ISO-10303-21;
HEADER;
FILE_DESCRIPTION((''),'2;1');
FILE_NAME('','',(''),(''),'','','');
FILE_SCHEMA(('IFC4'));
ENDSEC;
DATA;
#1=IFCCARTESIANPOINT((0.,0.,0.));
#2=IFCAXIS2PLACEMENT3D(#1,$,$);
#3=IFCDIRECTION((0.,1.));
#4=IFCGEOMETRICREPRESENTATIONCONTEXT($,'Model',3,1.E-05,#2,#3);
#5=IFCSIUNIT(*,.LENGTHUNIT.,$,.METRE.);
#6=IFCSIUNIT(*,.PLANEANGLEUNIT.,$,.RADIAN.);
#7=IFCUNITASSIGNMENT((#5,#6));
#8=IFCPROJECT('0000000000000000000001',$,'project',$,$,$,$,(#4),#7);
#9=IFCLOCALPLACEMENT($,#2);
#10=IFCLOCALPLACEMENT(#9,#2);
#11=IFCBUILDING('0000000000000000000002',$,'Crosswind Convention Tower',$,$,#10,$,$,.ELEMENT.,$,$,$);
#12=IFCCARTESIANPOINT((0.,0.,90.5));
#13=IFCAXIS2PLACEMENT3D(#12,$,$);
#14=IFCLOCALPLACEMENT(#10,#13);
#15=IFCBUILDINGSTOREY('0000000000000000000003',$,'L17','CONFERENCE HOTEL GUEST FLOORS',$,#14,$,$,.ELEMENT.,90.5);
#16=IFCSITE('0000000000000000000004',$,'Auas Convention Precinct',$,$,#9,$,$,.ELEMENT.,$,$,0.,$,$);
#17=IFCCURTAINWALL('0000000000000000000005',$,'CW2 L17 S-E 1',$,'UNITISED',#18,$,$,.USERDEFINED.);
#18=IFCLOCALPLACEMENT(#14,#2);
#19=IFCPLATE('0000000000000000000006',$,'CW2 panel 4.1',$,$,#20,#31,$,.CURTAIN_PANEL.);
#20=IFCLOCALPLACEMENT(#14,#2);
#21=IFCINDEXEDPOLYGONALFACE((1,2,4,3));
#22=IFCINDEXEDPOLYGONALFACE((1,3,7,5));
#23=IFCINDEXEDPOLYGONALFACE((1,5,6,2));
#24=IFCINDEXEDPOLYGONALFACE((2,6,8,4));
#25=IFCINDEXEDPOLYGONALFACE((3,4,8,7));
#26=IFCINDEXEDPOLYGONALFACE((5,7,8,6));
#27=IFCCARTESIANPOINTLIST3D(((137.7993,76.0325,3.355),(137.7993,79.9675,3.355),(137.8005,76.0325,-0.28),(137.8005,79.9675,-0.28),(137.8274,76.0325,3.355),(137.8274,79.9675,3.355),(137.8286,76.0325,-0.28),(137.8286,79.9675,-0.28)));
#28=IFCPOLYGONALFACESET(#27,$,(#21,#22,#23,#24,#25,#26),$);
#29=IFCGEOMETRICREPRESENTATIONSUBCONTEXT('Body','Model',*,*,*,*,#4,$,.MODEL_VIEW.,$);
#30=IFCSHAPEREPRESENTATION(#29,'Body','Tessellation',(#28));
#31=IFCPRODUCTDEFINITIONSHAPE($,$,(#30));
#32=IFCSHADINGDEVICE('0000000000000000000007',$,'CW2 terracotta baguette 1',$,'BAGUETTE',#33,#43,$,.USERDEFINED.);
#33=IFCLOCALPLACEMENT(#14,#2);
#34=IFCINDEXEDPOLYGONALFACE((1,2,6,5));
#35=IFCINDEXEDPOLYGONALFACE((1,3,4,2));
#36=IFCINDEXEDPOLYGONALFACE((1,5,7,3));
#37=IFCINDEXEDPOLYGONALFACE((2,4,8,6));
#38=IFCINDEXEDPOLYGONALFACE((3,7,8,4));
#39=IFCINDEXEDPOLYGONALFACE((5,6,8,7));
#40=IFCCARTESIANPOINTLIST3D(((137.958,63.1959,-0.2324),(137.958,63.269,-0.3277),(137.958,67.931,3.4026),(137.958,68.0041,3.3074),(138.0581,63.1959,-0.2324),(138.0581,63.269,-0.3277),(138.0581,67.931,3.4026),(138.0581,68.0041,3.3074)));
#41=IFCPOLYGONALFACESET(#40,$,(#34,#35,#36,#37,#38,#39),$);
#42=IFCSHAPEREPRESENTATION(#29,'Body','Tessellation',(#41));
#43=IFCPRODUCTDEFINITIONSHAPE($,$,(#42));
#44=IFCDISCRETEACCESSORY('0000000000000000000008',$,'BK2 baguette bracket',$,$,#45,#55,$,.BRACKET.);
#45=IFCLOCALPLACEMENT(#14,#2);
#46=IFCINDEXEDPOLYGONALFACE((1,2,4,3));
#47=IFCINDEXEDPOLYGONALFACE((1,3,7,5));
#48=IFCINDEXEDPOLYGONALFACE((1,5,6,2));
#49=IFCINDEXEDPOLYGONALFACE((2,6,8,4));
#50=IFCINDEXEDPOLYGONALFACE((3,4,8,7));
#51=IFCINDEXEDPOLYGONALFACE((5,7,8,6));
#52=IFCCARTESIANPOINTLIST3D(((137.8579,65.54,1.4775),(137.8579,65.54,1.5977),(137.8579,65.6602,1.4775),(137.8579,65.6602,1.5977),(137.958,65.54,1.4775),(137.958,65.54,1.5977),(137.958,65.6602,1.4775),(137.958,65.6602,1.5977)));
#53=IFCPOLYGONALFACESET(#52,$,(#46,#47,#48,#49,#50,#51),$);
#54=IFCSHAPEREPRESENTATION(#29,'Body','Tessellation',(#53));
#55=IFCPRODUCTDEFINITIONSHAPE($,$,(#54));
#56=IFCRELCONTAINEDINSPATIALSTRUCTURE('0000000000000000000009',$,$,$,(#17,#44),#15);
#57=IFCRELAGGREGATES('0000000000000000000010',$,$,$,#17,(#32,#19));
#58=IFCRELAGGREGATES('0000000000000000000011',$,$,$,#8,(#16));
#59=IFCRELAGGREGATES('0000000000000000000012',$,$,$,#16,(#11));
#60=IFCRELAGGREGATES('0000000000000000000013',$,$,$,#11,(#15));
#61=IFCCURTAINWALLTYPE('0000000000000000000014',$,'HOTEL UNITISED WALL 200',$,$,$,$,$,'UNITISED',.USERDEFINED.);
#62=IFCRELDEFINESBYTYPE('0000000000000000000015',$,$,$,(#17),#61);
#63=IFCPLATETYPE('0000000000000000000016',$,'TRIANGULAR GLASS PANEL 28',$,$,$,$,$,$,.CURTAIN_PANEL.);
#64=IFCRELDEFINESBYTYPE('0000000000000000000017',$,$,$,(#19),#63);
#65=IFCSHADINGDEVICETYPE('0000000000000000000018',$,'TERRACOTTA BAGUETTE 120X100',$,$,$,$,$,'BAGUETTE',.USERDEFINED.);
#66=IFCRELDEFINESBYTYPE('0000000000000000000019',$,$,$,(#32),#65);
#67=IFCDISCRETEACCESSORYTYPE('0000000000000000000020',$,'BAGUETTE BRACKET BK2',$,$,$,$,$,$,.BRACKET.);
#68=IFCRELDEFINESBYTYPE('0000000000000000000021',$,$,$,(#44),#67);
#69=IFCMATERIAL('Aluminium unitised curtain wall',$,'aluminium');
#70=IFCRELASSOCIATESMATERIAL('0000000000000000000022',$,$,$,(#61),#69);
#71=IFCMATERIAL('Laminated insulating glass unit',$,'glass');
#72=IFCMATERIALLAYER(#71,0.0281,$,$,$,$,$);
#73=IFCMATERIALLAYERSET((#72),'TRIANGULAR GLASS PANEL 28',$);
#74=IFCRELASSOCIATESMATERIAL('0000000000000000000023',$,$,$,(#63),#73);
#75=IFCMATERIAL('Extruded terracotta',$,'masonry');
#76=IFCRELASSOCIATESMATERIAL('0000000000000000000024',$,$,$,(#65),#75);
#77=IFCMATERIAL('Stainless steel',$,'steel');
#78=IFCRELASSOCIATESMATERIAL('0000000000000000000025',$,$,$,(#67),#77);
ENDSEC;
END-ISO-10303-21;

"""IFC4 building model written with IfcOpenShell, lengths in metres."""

from ifc_helpers import new_model, si_unit, direction, frame, origin, origin_2d, place, context, subcontext, project, spatial, polyline, rectangle, outline, extrude, material, layer, layer_set, material_profile, profile_set, type_object, element, aggregate, save


model = new_model("IFC4")

# Units and contexts
model_context = context("Model", 3, precision=1e-05, world=origin(), true_north=direction((0.0, 1.0)))
body_context = subcontext(model_context, "Body", "Model", "MODEL_VIEW")
ifc_project = project(units=[si_unit("LENGTHUNIT", "METRE"), si_unit("PLANEANGLEUNIT", "RADIAN")], contexts=[model_context])

# Site, building, storey
site_placement = place(None, origin())
site = spatial("IfcSite", under=ifc_project, at=site_placement, Name="Auas Convention Precinct", CompositionType="ELEMENT", RefElevation=0.0)
building_placement = place(site_placement, origin())
building = spatial("IfcBuilding", under=site, at=building_placement, Name="Crosswind Convention Tower", CompositionType="ELEMENT")
storey_placement = place(building_placement, frame((0.0, 0.0, 90.5)))
storey = spatial("IfcBuildingStorey", under=building, at=storey_placement, Name="L17", Description="CONFERENCE HOTEL GUEST FLOORS", CompositionType="ELEMENT", Elevation=90.5)

# Shared definitions
ifc_material_1 = material(Name="Aluminium unitised curtain wall", Category="aluminium")
curtain_wall_type = type_object("IfcCurtainWallType", Name="HOTEL UNITISED WALL 200", ElementType="UNITISED", PredefinedType="USERDEFINED", material=ifc_material_1)

# Curtain wall, plate
curtain_wall_1_placement = place(storey_placement, origin())
curtain_wall_1 = element("IfcCurtainWall", 1, at=curtain_wall_1_placement, inside=storey, type_object=curtain_wall_type, Name="CW2 L17 S-E 1", ObjectType="UNITISED", PredefinedType="USERDEFINED")
ifc_material_2 = material(Name="Laminated insulating glass unit", Category="glass")
ifc_layer_1 = layer(ifc_material_2, 0.0281)
ifc_layer_set_1 = layer_set([ifc_layer_1], Name="TRIANGULAR GLASS PANEL 28")
plate_type = type_object("IfcPlateType", Name="TRIANGULAR GLASS PANEL 28", PredefinedType="CURTAIN_PANEL", material=ifc_layer_set_1)
plate_1_placement = place(storey_placement, frame((137.8286, 76.0325, -0.28), z_axis=(1.0, 0.0, 0.000336), x_axis=(0.0, 1.0, 0.0)))
plate_1 = element("IfcPlate", 2, at=plate_1_placement, type_object=plate_type, Name="CW2 panel 4.1", PredefinedType="CURTAIN_PANEL", context=body_context, shape_type="SweptSolid", body=[
    extrude(outline(polyline([(0.0, 0.0), (3.9351, 0.0), (3.9351, 3.635), (0.0, 3.635), (0.0, 0.0)])), origin(), (0.0, 0.0, -1.0), 0.0281),
])

# Shading device
ifc_material_3 = material(Name="Extruded terracotta", Category="masonry")
ifc_material_profile_1 = material_profile(ifc_material_3, rectangle(XDim=0.1001, YDim=0.1201, at=origin_2d()), Name="TC 100X120")
ifc_profile_set_1 = profile_set([ifc_material_profile_1], Name="Extruded terracotta")
shading_device_type = type_object("IfcShadingDeviceType", Name="TERRACOTTA BAGUETTE 120X100", ElementType="BAGUETTE", PredefinedType="USERDEFINED", material=ifc_profile_set_1)
shading_device_placement = place(storey_placement, frame((138.0081, 63.2324, -0.28), z_axis=(0.0, 0.793221, 0.608934), x_axis=(-1.0, 0.0, 0.0)))
shading_device = element("IfcShadingDevice", 3, at=shading_device_placement, type_object=shading_device_type, Name="CW2 terracotta baguette 1", ObjectType="BAGUETTE", PredefinedType="USERDEFINED", context=body_context, shape_type="SweptSolid", body=[
    extrude(rectangle(XDim=0.1001, YDim=0.1201, at=origin_2d()), origin(), (0.0, 0.0, 1.0), 5.9695),
])
aggregate(curtain_wall_1, [shading_device, plate_1])

# Discrete accessory
ifc_material_4 = material(Name="Stainless steel", Category="steel")
discrete_accessory_type = type_object("IfcDiscreteAccessoryType", Name="BAGUETTE BRACKET BK2", PredefinedType="BRACKET", material=ifc_material_4)
discrete_accessory_placement = place(storey_placement, frame((137.908, 65.6001, 1.4775), z_axis=(0.0, 0.0, 1.0), x_axis=(0.0, 1.0, 0.0)))
element("IfcDiscreteAccessory", 4, at=discrete_accessory_placement, inside=storey, type_object=discrete_accessory_type, Name="BK2 baguette bracket", PredefinedType="BRACKET", context=body_context, shape_type="SweptSolid", body=[
    extrude(rectangle(XDim=0.1201, YDim=0.1001, at=origin_2d()), origin(), (0.0, 0.0, 1.0), 0.1201),
])

save(model, "model.ifc")
